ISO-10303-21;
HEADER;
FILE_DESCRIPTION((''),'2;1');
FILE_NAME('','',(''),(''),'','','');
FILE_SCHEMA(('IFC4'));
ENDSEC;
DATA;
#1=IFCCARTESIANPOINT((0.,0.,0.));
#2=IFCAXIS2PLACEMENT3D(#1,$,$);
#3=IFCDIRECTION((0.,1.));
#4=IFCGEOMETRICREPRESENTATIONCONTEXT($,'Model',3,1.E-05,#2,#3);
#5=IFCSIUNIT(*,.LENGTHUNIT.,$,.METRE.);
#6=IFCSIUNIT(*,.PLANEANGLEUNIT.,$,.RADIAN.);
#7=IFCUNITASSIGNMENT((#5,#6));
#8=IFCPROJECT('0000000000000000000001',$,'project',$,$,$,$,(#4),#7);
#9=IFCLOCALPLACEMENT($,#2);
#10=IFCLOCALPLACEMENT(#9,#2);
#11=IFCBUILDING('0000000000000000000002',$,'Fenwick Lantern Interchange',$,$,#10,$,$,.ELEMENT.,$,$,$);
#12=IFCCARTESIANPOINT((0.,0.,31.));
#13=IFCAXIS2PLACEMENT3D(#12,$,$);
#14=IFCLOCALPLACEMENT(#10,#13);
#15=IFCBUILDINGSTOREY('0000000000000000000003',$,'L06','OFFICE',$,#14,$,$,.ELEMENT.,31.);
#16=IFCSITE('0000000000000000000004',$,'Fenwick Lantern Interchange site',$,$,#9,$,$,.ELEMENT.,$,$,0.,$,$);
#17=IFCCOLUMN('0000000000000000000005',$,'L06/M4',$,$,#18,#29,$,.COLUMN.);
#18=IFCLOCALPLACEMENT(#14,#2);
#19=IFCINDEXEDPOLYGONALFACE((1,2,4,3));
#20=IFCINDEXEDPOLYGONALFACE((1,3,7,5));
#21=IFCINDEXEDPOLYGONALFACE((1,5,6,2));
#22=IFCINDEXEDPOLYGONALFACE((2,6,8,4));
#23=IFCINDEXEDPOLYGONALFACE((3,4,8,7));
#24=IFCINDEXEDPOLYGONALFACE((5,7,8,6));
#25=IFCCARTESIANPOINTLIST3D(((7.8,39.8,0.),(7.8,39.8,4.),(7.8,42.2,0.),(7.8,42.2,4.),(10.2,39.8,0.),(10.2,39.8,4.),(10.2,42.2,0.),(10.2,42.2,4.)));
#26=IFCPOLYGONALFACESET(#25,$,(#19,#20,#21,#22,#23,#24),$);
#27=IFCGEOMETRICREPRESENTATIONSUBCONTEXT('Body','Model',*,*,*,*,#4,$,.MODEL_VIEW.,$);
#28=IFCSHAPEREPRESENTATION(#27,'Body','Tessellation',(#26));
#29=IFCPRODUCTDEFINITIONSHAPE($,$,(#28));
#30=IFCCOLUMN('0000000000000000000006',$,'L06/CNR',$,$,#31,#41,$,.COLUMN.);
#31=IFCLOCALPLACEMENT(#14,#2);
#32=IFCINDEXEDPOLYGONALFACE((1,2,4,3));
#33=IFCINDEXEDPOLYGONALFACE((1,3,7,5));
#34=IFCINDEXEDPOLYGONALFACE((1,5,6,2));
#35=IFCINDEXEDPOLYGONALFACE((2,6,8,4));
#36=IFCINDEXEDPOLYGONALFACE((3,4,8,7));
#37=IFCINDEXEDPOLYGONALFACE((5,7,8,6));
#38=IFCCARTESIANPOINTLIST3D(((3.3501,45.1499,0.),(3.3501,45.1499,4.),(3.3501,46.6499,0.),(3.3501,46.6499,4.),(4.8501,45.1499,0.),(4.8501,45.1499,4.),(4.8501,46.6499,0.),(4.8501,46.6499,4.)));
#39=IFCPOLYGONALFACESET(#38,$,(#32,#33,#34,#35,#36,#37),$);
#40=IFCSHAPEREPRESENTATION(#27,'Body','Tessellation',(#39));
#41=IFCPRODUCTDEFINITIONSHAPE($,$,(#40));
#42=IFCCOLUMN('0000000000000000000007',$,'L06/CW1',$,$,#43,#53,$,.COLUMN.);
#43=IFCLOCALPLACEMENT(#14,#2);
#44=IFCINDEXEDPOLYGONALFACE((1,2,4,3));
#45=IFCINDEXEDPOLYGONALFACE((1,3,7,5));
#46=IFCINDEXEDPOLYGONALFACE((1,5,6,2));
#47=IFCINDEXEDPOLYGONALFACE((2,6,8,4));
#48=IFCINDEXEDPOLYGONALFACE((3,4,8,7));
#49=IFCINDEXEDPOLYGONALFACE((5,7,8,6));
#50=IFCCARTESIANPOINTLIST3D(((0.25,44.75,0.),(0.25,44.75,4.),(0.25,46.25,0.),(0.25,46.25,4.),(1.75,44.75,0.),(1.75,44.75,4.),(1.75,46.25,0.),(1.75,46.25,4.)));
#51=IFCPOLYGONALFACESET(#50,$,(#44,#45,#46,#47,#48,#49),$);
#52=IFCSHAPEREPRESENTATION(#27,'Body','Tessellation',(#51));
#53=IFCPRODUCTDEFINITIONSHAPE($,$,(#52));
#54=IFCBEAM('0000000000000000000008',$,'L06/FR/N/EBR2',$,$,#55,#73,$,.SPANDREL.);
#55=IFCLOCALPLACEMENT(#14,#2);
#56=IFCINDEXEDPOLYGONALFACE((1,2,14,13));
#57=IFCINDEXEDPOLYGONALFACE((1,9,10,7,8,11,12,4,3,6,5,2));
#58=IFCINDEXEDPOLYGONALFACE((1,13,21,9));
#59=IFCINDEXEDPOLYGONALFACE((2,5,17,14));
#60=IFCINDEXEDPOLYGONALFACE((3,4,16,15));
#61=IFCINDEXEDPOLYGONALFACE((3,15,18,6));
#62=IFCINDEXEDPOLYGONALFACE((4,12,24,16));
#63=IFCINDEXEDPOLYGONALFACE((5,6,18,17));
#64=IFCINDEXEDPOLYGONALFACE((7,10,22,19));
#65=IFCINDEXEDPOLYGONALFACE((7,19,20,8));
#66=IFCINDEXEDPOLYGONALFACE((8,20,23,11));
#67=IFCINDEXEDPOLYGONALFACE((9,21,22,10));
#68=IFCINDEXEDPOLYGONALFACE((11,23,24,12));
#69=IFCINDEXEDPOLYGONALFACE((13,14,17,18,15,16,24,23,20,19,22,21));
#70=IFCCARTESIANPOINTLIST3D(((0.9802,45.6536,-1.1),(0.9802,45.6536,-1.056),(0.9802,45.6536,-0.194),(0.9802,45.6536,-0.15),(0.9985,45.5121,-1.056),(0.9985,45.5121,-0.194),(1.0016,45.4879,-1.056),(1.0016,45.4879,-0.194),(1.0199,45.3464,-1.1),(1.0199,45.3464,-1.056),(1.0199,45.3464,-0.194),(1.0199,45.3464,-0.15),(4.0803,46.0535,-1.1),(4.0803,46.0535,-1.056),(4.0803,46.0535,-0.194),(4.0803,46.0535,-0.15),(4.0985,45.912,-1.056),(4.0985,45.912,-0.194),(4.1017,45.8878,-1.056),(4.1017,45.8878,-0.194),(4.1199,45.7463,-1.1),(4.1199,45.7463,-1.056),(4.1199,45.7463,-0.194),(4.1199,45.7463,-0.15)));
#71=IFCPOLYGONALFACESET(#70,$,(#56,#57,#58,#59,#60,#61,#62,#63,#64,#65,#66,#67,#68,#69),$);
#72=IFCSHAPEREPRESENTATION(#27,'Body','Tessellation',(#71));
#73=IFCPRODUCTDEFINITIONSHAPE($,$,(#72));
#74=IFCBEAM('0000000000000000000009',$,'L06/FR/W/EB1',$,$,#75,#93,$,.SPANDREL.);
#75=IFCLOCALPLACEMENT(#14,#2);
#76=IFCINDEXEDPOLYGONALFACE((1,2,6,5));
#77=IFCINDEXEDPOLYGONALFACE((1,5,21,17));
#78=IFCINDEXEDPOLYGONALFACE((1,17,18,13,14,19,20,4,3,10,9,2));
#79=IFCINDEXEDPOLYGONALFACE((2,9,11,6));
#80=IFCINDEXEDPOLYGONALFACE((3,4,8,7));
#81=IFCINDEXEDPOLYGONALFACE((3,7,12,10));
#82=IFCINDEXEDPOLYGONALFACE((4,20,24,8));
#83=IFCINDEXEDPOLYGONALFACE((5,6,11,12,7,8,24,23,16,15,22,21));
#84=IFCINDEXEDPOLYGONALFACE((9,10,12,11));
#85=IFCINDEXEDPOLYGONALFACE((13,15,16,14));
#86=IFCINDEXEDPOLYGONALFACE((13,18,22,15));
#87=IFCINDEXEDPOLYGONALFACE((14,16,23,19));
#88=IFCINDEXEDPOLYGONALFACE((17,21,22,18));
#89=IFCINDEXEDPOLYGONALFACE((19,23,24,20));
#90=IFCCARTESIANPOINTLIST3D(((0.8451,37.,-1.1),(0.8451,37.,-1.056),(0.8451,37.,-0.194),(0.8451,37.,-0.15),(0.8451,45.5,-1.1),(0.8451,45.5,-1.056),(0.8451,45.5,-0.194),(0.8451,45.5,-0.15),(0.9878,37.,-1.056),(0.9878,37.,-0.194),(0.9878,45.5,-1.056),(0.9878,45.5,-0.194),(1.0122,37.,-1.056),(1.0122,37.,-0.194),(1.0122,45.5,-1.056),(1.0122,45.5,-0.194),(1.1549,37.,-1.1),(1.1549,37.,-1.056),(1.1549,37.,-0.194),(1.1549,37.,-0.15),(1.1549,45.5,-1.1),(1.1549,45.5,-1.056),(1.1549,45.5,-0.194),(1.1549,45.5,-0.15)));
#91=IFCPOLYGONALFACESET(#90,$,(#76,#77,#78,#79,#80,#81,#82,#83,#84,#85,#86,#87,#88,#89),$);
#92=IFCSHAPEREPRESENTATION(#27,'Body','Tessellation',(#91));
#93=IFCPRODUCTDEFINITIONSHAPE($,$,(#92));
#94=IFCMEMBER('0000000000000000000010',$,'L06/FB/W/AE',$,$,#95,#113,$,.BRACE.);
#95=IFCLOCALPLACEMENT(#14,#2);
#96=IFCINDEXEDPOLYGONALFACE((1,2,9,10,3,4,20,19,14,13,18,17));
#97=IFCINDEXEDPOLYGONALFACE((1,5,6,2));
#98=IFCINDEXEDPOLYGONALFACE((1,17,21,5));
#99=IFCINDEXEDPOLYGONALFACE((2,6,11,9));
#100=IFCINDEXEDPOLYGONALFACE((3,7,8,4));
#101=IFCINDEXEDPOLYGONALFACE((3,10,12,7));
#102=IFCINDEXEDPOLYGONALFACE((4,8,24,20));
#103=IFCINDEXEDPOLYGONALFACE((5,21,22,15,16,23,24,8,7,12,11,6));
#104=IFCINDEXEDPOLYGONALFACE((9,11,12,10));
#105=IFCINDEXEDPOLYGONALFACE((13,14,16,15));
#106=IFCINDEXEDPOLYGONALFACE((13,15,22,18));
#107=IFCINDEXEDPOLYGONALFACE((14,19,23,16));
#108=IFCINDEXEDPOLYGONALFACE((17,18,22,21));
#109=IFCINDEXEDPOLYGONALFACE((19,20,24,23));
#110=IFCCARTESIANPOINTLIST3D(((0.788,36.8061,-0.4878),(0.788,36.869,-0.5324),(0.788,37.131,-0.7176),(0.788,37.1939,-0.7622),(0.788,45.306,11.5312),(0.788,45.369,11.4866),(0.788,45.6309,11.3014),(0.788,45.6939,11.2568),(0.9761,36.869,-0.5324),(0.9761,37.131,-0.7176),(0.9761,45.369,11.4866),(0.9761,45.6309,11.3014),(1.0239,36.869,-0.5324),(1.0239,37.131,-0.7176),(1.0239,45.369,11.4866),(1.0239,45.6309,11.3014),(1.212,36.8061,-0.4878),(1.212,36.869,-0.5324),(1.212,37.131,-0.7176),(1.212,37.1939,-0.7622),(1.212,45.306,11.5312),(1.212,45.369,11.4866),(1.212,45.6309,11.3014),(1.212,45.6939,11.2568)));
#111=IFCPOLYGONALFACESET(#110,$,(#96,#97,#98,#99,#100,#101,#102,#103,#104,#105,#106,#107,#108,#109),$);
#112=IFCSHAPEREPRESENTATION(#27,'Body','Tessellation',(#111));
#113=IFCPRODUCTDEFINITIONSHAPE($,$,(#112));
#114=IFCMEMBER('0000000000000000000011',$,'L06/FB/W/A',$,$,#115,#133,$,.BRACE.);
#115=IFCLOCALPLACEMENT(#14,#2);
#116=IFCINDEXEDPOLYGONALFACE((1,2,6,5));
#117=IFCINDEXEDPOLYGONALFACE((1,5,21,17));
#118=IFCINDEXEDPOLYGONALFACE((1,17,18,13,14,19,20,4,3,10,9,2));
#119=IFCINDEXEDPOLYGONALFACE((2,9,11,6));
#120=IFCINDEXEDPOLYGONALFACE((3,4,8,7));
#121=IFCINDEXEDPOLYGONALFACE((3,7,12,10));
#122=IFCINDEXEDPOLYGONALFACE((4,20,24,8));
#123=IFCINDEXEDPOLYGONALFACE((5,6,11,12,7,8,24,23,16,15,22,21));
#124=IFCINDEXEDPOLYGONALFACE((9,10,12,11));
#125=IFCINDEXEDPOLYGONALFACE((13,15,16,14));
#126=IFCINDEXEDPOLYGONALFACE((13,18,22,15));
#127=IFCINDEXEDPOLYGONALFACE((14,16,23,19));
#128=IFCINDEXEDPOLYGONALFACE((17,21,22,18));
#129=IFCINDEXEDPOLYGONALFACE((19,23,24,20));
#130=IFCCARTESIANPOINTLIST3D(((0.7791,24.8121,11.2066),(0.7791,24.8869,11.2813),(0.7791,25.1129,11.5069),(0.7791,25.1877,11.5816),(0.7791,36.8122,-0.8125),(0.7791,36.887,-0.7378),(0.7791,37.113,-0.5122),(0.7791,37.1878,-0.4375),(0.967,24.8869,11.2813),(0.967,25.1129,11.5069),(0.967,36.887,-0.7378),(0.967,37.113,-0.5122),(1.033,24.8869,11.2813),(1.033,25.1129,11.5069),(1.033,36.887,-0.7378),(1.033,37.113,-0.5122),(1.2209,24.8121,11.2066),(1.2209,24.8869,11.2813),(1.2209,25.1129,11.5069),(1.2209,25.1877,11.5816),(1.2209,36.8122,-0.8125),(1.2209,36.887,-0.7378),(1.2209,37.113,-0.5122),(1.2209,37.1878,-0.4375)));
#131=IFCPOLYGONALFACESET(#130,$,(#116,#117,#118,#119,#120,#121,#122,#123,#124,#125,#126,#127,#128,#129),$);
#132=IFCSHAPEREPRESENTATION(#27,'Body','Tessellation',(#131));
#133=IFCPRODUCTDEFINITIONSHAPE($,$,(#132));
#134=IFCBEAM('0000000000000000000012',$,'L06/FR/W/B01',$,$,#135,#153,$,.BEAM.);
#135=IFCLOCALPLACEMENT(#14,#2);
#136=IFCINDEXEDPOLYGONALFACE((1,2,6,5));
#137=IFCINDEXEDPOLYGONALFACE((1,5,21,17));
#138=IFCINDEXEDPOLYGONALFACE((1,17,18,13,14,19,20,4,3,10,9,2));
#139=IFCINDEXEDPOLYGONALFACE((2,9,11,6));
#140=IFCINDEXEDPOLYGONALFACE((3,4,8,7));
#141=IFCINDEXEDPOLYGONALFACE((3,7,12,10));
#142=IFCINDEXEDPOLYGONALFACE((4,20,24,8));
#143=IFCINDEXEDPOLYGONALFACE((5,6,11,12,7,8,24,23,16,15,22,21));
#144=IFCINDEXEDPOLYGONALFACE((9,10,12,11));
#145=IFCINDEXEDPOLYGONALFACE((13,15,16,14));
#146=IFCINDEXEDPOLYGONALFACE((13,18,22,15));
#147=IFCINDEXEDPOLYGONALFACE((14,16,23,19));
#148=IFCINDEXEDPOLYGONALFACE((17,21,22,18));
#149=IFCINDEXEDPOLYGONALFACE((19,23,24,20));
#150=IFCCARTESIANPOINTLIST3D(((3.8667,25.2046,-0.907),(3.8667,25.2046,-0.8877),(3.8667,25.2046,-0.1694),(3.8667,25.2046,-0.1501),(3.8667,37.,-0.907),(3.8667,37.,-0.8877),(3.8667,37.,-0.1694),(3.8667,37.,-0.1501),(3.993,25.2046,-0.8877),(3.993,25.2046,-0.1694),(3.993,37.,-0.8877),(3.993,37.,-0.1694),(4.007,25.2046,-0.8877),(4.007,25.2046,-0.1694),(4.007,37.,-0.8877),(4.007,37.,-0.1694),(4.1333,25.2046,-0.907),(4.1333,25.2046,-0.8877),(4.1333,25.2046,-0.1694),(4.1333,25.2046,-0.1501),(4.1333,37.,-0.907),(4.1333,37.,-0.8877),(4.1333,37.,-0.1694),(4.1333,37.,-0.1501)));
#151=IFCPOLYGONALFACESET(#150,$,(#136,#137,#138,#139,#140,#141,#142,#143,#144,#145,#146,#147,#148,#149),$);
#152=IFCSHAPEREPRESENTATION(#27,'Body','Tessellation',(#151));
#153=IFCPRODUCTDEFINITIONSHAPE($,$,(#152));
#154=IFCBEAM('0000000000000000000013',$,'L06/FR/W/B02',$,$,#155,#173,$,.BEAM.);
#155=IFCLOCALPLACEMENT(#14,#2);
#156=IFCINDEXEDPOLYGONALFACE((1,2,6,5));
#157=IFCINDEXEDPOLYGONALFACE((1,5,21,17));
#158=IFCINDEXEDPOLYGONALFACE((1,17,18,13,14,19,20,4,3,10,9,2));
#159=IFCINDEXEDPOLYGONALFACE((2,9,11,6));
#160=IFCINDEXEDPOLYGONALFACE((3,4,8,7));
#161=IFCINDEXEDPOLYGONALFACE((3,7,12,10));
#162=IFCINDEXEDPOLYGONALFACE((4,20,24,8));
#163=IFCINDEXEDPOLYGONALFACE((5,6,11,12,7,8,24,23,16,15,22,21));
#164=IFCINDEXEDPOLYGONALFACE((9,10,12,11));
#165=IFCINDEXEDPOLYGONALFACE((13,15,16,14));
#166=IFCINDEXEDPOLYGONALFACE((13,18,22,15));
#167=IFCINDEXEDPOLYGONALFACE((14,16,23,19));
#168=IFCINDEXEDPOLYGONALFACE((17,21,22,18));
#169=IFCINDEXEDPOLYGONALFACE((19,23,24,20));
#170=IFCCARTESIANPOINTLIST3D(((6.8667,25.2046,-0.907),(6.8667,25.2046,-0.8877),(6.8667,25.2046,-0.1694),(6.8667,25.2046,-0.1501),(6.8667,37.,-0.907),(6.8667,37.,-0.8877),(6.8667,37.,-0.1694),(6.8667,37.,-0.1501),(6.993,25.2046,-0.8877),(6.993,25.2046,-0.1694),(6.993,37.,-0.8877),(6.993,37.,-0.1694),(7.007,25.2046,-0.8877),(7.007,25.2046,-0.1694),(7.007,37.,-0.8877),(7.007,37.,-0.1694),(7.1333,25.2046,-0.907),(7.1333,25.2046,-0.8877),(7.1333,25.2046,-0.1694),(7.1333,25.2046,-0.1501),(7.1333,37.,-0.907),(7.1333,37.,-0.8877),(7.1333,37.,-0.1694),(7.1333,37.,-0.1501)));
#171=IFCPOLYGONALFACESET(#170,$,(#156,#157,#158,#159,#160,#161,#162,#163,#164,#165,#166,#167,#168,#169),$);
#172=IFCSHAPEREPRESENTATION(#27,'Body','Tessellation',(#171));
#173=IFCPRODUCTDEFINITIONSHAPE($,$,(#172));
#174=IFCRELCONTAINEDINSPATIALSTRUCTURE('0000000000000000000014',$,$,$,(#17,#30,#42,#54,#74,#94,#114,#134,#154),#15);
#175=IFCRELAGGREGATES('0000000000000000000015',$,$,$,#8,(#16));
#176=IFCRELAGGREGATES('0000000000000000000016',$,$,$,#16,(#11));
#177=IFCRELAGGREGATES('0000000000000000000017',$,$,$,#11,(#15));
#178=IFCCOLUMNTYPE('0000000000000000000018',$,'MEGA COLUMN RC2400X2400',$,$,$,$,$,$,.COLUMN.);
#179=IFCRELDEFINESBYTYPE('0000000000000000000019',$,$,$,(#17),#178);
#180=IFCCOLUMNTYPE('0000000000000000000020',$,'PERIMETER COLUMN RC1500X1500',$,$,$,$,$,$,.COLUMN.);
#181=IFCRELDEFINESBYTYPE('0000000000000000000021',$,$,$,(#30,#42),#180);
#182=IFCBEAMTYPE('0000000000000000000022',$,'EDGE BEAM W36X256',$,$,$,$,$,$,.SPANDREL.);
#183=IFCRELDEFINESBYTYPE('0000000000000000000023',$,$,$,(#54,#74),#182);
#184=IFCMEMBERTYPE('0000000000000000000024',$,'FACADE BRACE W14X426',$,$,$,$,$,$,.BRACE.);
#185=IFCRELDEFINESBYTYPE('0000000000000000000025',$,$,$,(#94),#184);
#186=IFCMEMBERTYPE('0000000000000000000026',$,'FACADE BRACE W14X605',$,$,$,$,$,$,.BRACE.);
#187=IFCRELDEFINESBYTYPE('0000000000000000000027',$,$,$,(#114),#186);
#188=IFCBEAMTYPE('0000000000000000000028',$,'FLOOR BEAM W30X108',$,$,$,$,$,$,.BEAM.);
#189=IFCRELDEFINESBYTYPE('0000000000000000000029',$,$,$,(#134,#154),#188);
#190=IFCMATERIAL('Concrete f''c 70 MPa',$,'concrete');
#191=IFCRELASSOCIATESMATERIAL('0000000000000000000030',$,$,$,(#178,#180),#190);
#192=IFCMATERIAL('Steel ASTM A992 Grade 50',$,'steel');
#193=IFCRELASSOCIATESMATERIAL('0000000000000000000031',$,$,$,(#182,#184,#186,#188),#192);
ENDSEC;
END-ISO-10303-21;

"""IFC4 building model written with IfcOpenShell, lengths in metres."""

from ifc_helpers import new_model, si_unit, direction, frame, origin, origin_2d, place, context, subcontext, project, spatial, rectangle, i_section, extrude, material, material_profile, profile_set, type_object, element, save


model = new_model("IFC4")

# Units and contexts
model_context = context("Model", 3, precision=1e-05, world=origin(), true_north=direction((0.0, 1.0)))
body_context = subcontext(model_context, "Body", "Model", "MODEL_VIEW")
ifc_project = project(units=[si_unit("LENGTHUNIT", "METRE"), si_unit("PLANEANGLEUNIT", "RADIAN")], contexts=[model_context])

# Site, building, storey
site_placement = place(None, origin())
site = spatial("IfcSite", under=ifc_project, at=site_placement, Name="Fenwick Lantern Interchange site", CompositionType="ELEMENT", RefElevation=0.0)
building_placement = place(site_placement, origin())
building = spatial("IfcBuilding", under=site, at=building_placement, Name="Fenwick Lantern Interchange", CompositionType="ELEMENT")
storey_placement = place(building_placement, frame((0.0, 0.0, 31.0)))
storey = spatial("IfcBuildingStorey", under=building, at=storey_placement, Name="L06", Description="OFFICE", CompositionType="ELEMENT", Elevation=31.0)

# Columns
ifc_material_1 = material(Name="Concrete f'c 70 MPa", Category="concrete")
ifc_material_profile_1 = material_profile(ifc_material_1, rectangle(XDim=2.3999, YDim=2.3999, at=origin_2d()), Name="RC2400X2400")
ifc_profile_set_1 = profile_set([ifc_material_profile_1], Name="Concrete f'c 70 MPa")
column_type_1 = type_object("IfcColumnType", Name="MEGA COLUMN RC2400X2400", PredefinedType="COLUMN", material=ifc_profile_set_1)
column_placement = place(storey_placement, frame((9.0, 41.0, 0.0), z_axis=(0.0, 0.0, 1.0), x_axis=(1.0, 0.0, 0.0)))
element("IfcColumn", 1, at=column_placement, inside=storey, type_object=column_type_1, Name="L06/M4", PredefinedType="COLUMN", context=body_context, shape_type="SweptSolid", body=[
    extrude(rectangle(XDim=2.3999, YDim=2.3999, at=origin_2d()), origin(), (0.0, 0.0, 1.0), 4.0),
])
ifc_material_profile_2 = material_profile(ifc_material_1, rectangle(XDim=1.5, YDim=1.5, at=origin_2d()), Name="RC1500X1500")
ifc_profile_set_2 = profile_set([ifc_material_profile_2], Name="Concrete f'c 70 MPa")
column_type_2 = type_object("IfcColumnType", Name="PERIMETER COLUMN RC1500X1500", PredefinedType="COLUMN", material=ifc_profile_set_2)
for number, where, z_axis, x_axis, name in (
    (2, (4.1001, 45.8999, 0.0), (0.0, 0.0, 1.0), (1.0, 0.0, 0.0), "L06/CNR"),
    (3, (1.0, 45.5, 0.0), (0.0, 0.0, 1.0), (1.0, 0.0, 0.0), "L06/CW1"),
):
    element("IfcColumn", number, at=place(storey_placement, frame(where, z_axis=z_axis, x_axis=x_axis)), inside=storey, type_object=column_type_2, Name=name, PredefinedType="COLUMN", context=body_context, shape_type="SweptSolid", body=[
        extrude(rectangle(XDim=1.5, YDim=1.5, at=origin_2d()), origin(), (0.0, 0.0, 1.0), 4.0),
    ])

# Beams
ifc_material_2 = material(Name="Steel ASTM A992 Grade 50", Category="steel")
ifc_material_profile_3 = material_profile(ifc_material_2, i_section(OverallWidth=0.3098, OverallDepth=0.95, WebThickness=0.0244, FlangeThickness=0.0439, at=origin_2d()), Name="W36X256")
ifc_profile_set_3 = profile_set([ifc_material_profile_3], Name="Steel ASTM A992 Grade 50")
beam_type_1 = type_object("IfcBeamType", Name="EDGE BEAM W36X256", PredefinedType="SPANDREL", material=ifc_profile_set_3)
beam_1_placement = place(storey_placement, frame((4.1001, 45.8999, -0.625), z_axis=(-0.991782, -0.127937, 0.0), x_axis=(0.127937, -0.991782, 0.0)))
element("IfcBeam", 4, at=beam_1_placement, inside=storey, type_object=beam_type_1, Name="L06/FR/N/EBR2", PredefinedType="SPANDREL", context=body_context, shape_type="SweptSolid", body=[
    extrude(i_section(OverallWidth=0.3098, OverallDepth=0.95, WebThickness=0.0244, FlangeThickness=0.0439, at=origin_2d()), origin(), (0.0, 0.0, 1.0), 3.1257),
])
beam_2_placement = place(storey_placement, frame((1.0, 45.5, -0.625), z_axis=(0.0, -1.0, 0.0), x_axis=(1.0, 0.0, 0.0)))
element("IfcBeam", 5, at=beam_2_placement, inside=storey, type_object=beam_type_1, Name="L06/FR/W/EB1", PredefinedType="SPANDREL", context=body_context, shape_type="SweptSolid", body=[
    extrude(i_section(OverallWidth=0.3098, OverallDepth=0.95, WebThickness=0.0244, FlangeThickness=0.0439, at=origin_2d()), origin(), (0.0, 0.0, 1.0), 8.5),
])

# Members
ifc_material_profile_4 = material_profile(ifc_material_2, i_section(OverallWidth=0.4241, OverallDepth=0.4751, WebThickness=0.0479, FlangeThickness=0.0771, at=origin_2d()), Name="W14X426")
ifc_profile_set_4 = profile_set([ifc_material_profile_4], Name="Steel ASTM A992 Grade 50")
member_type_1 = type_object("IfcMemberType", Name="FACADE BRACE W14X426", PredefinedType="BRACE", material=ifc_profile_set_4)
member_1_placement = place(storey_placement, frame((1.0, 37.0, -0.625), z_axis=(0.0, 0.577407, 0.816456), x_axis=(-1.0, 0.0, 0.0)))
element("IfcMember", 6, at=member_1_placement, inside=storey, type_object=member_type_1, Name="L06/FB/W/AE", PredefinedType="BRACE", context=body_context, shape_type="SweptSolid", body=[
    extrude(i_section(OverallWidth=0.4241, OverallDepth=0.4751, WebThickness=0.0479, FlangeThickness=0.0771, at=origin_2d()), origin(), (0.0, 0.0, 1.0), 14.7209),
])
ifc_material_profile_5 = material_profile(ifc_material_2, i_section(OverallWidth=0.4419, OverallDepth=0.5308, WebThickness=0.0659, FlangeThickness=0.1057, at=origin_2d()), Name="W14X605")
ifc_profile_set_5 = profile_set([ifc_material_profile_5], Name="Steel ASTM A992 Grade 50")
member_type_2 = type_object("IfcMemberType", Name="FACADE BRACE W14X605", PredefinedType="BRACE", material=ifc_profile_set_5)
member_2_placement = place(storey_placement, frame((1.0, 37.0, -0.625), z_axis=(0.0, -0.706546, 0.707667), x_axis=(1.0, 0.0, 0.0)))
element("IfcMember", 7, at=member_2_placement, inside=storey, type_object=member_type_2, Name="L06/FB/W/A", PredefinedType="BRACE", context=body_context, shape_type="SweptSolid", body=[
    extrude(i_section(OverallWidth=0.4419, OverallDepth=0.5308, WebThickness=0.0659, FlangeThickness=0.1057, at=origin_2d()), origin(), (0.0, 0.0, 1.0), 16.9841),
])

# Beams
ifc_material_profile_6 = material_profile(ifc_material_2, i_section(OverallWidth=0.2666, OverallDepth=0.7568, WebThickness=0.0139, FlangeThickness=0.0193, at=origin_2d()), Name="W30X108")
ifc_profile_set_6 = profile_set([ifc_material_profile_6], Name="Steel ASTM A992 Grade 50")
beam_type_2 = type_object("IfcBeamType", Name="FLOOR BEAM W30X108", PredefinedType="BEAM", material=ifc_profile_set_6)
for number, where, z_axis, x_axis, name in (
    (8, (4.0, 37.0, -0.5286), (0.0, -1.0, 0.0), (1.0, 0.0, 0.0), "L06/FR/W/B01"),
    (9, (7.0, 37.0, -0.5286), (0.0, -1.0, 0.0), (1.0, 0.0, 0.0), "L06/FR/W/B02"),
):
    element("IfcBeam", number, at=place(storey_placement, frame(where, z_axis=z_axis, x_axis=x_axis)), inside=storey, type_object=beam_type_2, Name=name, PredefinedType="BEAM", context=body_context, shape_type="SweptSolid", body=[
        extrude(i_section(OverallWidth=0.2666, OverallDepth=0.7568, WebThickness=0.0139, FlangeThickness=0.0193, at=origin_2d()), origin(), (0.0, 0.0, 1.0), 11.7954),
    ])

save(model, "model.ifc")
